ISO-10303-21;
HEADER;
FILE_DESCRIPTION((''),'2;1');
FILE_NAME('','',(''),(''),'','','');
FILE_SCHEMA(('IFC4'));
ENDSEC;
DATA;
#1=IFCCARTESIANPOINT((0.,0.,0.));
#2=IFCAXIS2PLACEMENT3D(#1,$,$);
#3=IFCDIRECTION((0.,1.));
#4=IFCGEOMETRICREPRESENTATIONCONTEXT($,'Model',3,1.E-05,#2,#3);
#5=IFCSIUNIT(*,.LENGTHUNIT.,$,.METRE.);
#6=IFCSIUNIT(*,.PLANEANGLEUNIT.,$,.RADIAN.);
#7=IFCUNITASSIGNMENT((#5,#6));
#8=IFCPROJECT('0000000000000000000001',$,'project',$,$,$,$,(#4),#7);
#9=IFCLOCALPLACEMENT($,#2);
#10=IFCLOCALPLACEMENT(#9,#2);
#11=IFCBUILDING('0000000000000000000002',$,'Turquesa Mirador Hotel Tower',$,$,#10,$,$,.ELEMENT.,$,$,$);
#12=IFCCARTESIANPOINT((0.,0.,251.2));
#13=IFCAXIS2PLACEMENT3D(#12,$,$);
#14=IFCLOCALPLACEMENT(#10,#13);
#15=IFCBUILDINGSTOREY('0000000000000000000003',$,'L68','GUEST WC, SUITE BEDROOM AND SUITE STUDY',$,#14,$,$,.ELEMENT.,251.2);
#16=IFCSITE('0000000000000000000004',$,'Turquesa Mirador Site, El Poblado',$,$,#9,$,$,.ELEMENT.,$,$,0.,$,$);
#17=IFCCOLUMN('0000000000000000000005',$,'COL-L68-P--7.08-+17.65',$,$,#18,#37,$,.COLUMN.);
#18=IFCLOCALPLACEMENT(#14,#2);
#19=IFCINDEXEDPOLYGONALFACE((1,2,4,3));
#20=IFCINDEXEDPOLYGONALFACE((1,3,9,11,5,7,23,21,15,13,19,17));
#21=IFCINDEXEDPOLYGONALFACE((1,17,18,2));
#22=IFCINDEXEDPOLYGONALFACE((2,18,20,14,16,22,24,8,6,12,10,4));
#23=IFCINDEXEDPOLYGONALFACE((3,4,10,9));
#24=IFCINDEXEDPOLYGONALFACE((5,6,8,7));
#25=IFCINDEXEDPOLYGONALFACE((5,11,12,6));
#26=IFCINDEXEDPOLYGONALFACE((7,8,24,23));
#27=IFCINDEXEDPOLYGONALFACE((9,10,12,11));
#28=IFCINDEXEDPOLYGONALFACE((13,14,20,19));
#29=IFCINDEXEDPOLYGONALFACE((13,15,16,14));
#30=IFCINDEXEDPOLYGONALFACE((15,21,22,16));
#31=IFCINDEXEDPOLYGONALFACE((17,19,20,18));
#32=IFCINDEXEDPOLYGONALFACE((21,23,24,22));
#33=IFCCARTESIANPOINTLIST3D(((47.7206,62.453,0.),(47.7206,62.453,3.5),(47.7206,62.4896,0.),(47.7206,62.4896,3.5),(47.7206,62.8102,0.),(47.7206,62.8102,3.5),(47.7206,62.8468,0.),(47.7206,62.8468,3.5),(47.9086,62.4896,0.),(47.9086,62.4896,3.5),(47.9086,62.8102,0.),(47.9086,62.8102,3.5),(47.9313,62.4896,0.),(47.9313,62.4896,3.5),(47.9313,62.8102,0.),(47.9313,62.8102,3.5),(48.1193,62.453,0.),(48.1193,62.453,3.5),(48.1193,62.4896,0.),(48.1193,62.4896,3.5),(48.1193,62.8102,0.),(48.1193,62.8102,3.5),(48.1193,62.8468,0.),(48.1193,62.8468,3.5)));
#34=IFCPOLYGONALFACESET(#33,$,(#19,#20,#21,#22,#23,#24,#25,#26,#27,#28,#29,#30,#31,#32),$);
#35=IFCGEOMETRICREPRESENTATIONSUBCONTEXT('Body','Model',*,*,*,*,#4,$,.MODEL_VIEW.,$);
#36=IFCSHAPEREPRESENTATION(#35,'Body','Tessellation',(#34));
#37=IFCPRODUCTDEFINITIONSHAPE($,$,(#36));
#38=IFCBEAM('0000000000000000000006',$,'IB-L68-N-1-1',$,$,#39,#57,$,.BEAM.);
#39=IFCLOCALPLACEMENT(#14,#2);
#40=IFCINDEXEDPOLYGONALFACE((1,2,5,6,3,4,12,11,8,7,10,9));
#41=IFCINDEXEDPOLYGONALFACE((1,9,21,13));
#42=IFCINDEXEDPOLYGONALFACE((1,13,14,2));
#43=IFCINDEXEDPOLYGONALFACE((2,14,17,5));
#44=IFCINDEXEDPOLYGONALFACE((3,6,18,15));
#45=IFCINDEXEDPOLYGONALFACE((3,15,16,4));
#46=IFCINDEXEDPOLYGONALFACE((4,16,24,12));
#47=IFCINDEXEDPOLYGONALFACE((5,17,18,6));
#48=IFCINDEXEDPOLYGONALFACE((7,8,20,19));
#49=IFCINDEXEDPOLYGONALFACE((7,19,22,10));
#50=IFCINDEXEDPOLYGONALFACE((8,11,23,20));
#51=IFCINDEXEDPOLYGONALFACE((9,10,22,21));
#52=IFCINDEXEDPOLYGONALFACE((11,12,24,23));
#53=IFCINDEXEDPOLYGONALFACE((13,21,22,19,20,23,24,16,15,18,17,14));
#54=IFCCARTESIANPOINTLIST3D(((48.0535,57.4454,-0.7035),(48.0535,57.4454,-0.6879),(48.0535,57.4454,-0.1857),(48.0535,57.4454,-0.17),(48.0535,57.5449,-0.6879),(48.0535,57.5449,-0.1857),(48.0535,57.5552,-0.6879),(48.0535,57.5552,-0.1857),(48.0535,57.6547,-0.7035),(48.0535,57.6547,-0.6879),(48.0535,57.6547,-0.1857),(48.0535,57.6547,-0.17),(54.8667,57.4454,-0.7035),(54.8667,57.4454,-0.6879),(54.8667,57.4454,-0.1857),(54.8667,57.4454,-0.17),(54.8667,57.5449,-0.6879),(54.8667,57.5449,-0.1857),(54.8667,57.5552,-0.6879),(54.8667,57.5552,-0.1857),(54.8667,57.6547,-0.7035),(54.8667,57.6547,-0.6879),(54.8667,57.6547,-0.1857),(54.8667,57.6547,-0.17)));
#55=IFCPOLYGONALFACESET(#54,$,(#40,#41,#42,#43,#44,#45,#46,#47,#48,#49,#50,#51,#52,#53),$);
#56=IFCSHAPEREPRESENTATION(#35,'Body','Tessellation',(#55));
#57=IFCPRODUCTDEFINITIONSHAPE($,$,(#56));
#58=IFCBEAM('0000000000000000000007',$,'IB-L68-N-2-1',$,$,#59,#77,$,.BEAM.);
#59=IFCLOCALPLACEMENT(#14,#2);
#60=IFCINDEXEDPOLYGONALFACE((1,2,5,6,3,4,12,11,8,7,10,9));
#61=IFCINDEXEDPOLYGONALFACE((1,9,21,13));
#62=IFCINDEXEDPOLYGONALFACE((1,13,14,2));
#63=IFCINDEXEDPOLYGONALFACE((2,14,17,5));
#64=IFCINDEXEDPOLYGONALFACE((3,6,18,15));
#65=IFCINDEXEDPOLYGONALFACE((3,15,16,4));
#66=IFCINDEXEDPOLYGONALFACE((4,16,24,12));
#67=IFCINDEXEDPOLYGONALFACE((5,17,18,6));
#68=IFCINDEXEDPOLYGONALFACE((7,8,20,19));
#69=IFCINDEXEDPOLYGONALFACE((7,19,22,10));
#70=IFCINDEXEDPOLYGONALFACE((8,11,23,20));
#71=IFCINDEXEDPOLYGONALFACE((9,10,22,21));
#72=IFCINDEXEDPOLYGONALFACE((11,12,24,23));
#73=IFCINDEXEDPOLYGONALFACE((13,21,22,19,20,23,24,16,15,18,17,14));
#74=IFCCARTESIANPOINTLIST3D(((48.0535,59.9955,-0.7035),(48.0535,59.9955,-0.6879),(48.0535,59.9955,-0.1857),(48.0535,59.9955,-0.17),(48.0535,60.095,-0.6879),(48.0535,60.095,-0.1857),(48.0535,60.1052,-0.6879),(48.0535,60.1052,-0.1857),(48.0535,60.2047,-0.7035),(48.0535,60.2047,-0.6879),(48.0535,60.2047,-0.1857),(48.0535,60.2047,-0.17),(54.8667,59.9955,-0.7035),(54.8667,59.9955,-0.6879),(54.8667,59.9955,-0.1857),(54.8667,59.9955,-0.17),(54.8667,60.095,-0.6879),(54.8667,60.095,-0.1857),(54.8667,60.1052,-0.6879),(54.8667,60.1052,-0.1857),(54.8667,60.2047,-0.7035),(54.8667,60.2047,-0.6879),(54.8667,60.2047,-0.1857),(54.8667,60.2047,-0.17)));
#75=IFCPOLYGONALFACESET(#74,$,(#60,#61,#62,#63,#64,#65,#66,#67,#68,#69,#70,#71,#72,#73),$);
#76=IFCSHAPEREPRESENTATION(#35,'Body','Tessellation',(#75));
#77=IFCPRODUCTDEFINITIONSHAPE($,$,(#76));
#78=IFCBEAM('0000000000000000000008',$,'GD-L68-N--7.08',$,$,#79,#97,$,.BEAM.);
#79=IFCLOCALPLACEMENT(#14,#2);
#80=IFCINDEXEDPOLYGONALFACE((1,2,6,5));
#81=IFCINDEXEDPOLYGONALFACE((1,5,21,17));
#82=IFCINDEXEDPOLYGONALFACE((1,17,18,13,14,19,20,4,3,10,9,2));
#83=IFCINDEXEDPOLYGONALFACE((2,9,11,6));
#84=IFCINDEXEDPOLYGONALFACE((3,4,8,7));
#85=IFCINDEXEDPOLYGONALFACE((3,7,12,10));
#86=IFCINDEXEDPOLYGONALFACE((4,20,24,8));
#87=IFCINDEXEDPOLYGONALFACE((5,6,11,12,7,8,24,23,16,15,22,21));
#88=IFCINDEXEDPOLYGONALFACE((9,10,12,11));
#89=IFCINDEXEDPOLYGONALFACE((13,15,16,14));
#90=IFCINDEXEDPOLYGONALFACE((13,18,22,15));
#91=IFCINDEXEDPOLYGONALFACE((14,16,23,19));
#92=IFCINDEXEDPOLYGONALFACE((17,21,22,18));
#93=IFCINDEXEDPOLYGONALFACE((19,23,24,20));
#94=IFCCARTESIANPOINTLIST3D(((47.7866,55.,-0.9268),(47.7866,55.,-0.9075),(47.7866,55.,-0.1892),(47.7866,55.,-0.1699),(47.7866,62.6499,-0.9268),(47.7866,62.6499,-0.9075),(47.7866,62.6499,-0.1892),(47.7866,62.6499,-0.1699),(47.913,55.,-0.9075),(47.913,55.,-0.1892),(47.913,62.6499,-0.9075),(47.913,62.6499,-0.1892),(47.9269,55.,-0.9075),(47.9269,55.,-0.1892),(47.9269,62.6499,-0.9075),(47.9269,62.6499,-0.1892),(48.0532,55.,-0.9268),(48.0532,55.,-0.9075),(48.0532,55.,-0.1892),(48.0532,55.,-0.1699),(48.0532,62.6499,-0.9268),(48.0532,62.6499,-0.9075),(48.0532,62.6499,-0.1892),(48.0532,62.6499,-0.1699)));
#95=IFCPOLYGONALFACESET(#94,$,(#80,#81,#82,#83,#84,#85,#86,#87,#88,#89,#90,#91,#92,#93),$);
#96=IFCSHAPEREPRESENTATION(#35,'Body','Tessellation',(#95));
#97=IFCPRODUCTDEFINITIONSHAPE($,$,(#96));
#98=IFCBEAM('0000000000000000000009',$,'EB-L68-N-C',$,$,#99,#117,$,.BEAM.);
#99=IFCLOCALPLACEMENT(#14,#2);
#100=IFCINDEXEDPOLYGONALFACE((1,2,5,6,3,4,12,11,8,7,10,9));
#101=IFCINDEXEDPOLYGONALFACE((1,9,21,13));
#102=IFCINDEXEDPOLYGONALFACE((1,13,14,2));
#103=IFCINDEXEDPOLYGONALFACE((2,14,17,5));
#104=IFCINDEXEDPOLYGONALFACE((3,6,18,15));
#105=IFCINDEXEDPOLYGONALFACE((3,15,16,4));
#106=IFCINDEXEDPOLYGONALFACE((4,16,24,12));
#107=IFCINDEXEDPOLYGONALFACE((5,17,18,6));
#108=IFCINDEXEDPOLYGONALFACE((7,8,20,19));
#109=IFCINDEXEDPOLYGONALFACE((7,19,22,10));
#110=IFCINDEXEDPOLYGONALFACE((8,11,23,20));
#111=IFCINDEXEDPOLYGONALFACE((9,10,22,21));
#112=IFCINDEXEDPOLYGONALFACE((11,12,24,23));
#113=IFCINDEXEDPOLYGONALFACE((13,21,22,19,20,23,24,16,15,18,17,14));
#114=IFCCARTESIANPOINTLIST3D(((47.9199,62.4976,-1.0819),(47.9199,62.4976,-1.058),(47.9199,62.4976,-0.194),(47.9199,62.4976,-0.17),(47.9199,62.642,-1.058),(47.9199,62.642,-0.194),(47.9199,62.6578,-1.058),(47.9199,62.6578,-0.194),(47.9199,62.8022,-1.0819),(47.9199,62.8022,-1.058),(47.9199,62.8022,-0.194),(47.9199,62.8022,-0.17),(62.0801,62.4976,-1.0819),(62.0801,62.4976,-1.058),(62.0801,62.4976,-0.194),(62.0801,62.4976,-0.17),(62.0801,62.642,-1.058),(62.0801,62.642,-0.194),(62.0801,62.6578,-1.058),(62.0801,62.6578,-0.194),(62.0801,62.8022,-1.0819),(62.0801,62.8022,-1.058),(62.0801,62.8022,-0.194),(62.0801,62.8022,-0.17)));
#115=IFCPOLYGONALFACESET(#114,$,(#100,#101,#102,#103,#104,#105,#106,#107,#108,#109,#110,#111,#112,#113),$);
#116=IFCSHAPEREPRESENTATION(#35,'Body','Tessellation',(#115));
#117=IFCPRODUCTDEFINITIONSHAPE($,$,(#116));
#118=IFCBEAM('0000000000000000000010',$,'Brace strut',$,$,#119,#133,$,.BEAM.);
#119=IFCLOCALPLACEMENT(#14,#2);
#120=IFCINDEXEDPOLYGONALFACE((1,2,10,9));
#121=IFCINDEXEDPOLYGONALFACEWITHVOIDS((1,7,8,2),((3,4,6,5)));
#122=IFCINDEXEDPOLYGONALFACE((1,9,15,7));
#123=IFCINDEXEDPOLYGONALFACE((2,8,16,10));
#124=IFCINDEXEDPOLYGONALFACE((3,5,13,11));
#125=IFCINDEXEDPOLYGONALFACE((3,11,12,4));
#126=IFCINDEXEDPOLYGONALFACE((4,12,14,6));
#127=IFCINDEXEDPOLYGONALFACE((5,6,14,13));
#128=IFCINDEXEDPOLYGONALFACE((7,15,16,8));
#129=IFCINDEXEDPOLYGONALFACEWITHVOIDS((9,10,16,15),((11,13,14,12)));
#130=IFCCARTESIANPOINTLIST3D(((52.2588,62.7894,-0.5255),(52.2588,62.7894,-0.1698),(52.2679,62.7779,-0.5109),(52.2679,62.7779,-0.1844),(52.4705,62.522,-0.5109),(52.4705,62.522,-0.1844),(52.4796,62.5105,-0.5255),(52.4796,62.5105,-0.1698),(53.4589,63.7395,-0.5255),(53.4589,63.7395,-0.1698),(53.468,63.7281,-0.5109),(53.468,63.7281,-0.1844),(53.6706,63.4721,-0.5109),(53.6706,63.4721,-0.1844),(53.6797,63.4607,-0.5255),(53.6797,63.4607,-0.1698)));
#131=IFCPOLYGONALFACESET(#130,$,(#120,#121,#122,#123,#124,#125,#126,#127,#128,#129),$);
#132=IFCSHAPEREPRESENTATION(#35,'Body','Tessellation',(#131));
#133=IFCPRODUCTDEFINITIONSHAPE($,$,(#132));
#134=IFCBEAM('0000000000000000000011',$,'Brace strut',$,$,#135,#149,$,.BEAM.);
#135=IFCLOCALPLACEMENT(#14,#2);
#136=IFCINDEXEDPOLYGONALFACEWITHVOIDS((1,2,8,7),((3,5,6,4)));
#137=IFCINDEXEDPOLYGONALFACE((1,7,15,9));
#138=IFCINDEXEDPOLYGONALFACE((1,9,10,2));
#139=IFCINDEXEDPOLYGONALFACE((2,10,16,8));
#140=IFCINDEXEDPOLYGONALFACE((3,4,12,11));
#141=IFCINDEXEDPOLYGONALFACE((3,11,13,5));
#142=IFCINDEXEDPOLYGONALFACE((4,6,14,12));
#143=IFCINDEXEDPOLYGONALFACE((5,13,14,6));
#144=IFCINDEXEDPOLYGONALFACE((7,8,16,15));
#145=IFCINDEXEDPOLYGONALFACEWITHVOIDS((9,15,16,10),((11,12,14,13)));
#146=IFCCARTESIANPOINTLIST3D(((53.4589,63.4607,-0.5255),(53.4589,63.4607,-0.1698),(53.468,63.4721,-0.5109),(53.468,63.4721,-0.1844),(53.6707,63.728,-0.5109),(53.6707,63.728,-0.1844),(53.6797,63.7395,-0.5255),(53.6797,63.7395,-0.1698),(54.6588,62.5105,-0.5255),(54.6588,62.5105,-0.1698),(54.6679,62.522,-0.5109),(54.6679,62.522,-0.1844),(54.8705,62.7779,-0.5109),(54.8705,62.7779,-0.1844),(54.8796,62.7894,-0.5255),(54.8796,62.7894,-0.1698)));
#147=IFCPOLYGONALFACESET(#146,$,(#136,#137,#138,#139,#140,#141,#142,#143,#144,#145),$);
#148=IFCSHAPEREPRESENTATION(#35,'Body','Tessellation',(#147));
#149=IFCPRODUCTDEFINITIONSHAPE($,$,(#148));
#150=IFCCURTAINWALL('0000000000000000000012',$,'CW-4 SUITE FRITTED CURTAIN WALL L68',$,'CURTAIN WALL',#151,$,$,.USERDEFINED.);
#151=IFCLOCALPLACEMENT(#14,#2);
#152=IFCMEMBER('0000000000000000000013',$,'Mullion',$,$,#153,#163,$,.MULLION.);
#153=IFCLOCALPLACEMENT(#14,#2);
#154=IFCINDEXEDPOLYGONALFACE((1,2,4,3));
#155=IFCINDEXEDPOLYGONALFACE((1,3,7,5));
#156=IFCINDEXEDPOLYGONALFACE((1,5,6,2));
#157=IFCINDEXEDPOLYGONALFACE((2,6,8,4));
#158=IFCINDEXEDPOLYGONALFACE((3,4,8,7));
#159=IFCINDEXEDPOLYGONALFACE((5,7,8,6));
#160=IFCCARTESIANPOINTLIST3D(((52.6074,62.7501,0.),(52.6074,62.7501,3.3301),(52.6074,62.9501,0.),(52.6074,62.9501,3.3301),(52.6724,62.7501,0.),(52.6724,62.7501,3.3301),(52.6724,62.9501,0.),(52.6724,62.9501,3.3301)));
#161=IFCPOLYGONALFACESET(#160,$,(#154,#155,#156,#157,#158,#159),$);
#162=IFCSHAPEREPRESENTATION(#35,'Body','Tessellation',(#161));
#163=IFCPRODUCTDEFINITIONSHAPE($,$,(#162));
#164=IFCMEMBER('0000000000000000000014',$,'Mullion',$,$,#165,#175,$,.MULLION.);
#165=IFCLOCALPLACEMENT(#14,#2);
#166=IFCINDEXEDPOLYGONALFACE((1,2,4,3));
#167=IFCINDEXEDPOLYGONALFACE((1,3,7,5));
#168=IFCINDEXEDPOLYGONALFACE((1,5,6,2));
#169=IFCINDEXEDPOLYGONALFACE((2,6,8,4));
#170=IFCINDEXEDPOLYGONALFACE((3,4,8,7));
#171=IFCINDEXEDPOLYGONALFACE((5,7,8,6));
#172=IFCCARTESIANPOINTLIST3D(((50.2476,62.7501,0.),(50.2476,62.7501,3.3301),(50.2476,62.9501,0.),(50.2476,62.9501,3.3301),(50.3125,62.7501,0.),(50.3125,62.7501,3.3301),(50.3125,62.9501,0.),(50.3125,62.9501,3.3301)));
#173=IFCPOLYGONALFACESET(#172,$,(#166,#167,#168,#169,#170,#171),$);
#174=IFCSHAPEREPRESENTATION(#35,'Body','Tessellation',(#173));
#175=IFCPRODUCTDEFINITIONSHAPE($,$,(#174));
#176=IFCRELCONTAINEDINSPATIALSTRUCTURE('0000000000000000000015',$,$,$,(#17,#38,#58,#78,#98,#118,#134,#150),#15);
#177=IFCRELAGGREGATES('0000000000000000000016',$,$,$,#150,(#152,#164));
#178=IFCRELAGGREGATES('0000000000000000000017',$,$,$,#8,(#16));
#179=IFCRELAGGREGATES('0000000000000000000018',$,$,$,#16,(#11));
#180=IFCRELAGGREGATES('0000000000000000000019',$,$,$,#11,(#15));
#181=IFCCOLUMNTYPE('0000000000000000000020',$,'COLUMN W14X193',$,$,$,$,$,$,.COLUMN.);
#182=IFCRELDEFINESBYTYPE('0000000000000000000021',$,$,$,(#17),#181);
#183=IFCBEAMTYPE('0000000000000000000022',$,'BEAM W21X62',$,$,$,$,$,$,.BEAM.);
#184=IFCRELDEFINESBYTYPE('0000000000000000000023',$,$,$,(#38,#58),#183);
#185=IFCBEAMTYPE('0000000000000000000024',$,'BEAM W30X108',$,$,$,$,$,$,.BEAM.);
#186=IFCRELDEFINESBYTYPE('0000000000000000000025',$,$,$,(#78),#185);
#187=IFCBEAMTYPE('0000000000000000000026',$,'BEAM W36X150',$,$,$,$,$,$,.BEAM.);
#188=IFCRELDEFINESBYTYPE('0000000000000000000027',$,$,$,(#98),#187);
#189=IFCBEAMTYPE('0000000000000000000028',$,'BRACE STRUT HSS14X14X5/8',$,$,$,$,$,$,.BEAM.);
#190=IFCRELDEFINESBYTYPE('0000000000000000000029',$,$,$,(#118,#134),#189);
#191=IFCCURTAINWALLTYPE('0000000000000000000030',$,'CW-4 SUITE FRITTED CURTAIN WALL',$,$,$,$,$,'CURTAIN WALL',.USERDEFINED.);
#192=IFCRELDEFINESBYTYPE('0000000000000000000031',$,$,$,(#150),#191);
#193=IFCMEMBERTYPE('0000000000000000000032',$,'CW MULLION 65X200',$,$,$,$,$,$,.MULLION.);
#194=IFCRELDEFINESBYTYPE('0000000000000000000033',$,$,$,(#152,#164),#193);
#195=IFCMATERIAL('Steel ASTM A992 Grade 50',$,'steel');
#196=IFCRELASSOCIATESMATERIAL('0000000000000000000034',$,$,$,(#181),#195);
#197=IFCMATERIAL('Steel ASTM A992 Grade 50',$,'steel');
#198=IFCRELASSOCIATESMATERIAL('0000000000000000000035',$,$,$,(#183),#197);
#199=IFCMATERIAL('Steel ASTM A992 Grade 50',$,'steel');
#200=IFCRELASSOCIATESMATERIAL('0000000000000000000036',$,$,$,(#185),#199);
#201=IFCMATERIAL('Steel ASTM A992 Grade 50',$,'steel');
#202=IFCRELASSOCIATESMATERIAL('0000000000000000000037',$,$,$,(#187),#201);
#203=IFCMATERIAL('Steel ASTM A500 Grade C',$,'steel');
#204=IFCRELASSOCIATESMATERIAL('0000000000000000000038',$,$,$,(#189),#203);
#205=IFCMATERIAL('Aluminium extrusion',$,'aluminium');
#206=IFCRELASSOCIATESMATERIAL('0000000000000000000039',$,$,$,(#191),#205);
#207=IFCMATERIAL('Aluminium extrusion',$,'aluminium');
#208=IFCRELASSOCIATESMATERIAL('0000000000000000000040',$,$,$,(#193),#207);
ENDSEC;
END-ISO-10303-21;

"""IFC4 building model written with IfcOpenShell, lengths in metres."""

from ifc_helpers import new_model, si_unit, direction, frame, origin, origin_2d, place, context, subcontext, project, spatial, rectangle, hollow_rectangle, i_section, extrude, material, material_profile, profile_set, type_object, element, aggregate, save


model = new_model("IFC4")

# Units and contexts
model_context = context("Model", 3, precision=1e-05, world=origin(), true_north=direction((0.0, 1.0)))
body_context = subcontext(model_context, "Body", "Model", "MODEL_VIEW")
ifc_project = project(units=[si_unit("LENGTHUNIT", "METRE"), si_unit("PLANEANGLEUNIT", "RADIAN")], contexts=[model_context])

# Site, building, storey
site_placement = place(None, origin())
site = spatial("IfcSite", under=ifc_project, at=site_placement, Name="Turquesa Mirador Site, El Poblado", CompositionType="ELEMENT", RefElevation=0.0)
building_placement = place(site_placement, origin())
building = spatial("IfcBuilding", under=site, at=building_placement, Name="Turquesa Mirador Hotel Tower", CompositionType="ELEMENT")
storey_placement = place(building_placement, frame((0.0, 0.0, 251.2)))
storey = spatial("IfcBuildingStorey", under=building, at=storey_placement, Name="L68", Description="GUEST WC, SUITE BEDROOM AND SUITE STUDY", CompositionType="ELEMENT", Elevation=251.2)

# Column
ifc_material_1 = material(Name="Steel ASTM A992 Grade 50", Category="steel")
ifc_material_profile_1 = material_profile(ifc_material_1, i_section(OverallWidth=0.3987, OverallDepth=0.3938, WebThickness=0.0227, FlangeThickness=0.0366, at=origin_2d()), Name="W14X193")
ifc_profile_set_1 = profile_set([ifc_material_profile_1], Name="Steel ASTM A992 Grade 50")
column_type = type_object("IfcColumnType", Name="COLUMN W14X193", PredefinedType="COLUMN", material=ifc_profile_set_1)
column_placement = place(storey_placement, frame((47.9199, 62.6499, 0.0), z_axis=(0.0, 0.0, 1.0), x_axis=(1.0, 0.0, 0.0)))
element("IfcColumn", 1, at=column_placement, inside=storey, type_object=column_type, Name="COL-L68-P--7.08-+17.65", PredefinedType="COLUMN", context=body_context, shape_type="SweptSolid", body=[
    extrude(i_section(OverallWidth=0.3987, OverallDepth=0.3938, WebThickness=0.0227, FlangeThickness=0.0366, at=origin_2d()), origin(), (0.0, 0.0, 1.0), 3.5),
])

# Beams
ifc_material_2 = material(Name="Steel ASTM A992 Grade 50", Category="steel")
ifc_material_profile_2 = material_profile(ifc_material_2, i_section(OverallWidth=0.2092, OverallDepth=0.5334, WebThickness=0.0103, FlangeThickness=0.0156, at=origin_2d()), Name="W21X62")
ifc_profile_set_2 = profile_set([ifc_material_profile_2], Name="Steel ASTM A992 Grade 50")
beam_type_1 = type_object("IfcBeamType", Name="BEAM W21X62", PredefinedType="BEAM", material=ifc_profile_set_2)
for number, where, z_axis, x_axis, name in (
    (2, (48.0535, 57.55, -0.4368), (1.0, 0.0, 0.0), (0.0, 1.0, 0.0), "IB-L68-N-1-1"),
    (3, (48.0535, 60.1001, -0.4368), (1.0, 0.0, 0.0), (0.0, 1.0, 0.0), "IB-L68-N-2-1"),
):
    element("IfcBeam", number, at=place(storey_placement, frame(where, z_axis=z_axis, x_axis=x_axis)), inside=storey, type_object=beam_type_1, Name=name, PredefinedType="BEAM", context=body_context, shape_type="SweptSolid", body=[
        extrude(i_section(OverallWidth=0.2092, OverallDepth=0.5334, WebThickness=0.0103, FlangeThickness=0.0156, at=origin_2d()), origin(), (0.0, 0.0, 1.0), 6.8132),
    ])
ifc_material_3 = material(Name="Steel ASTM A992 Grade 50", Category="steel")
ifc_material_profile_3 = material_profile(ifc_material_3, i_section(OverallWidth=0.2666, OverallDepth=0.7568, WebThickness=0.0139, FlangeThickness=0.0193, at=origin_2d()), Name="W30X108")
ifc_profile_set_3 = profile_set([ifc_material_profile_3], Name="Steel ASTM A992 Grade 50")
beam_type_2 = type_object("IfcBeamType", Name="BEAM W30X108", PredefinedType="BEAM", material=ifc_profile_set_3)
beam_1_placement = place(storey_placement, frame((47.9199, 62.6499, -0.5483), z_axis=(0.0, -1.0, 0.0), x_axis=(1.0, 0.0, 0.0)))
element("IfcBeam", 4, at=beam_1_placement, inside=storey, type_object=beam_type_2, Name="GD-L68-N--7.08", PredefinedType="BEAM", context=body_context, shape_type="SweptSolid", body=[
    extrude(i_section(OverallWidth=0.2666, OverallDepth=0.7568, WebThickness=0.0139, FlangeThickness=0.0193, at=origin_2d()), origin(), (0.0, 0.0, 1.0), 7.6499),
])
ifc_material_4 = material(Name="Steel ASTM A992 Grade 50", Category="steel")
ifc_material_profile_4 = material_profile(ifc_material_4, i_section(OverallWidth=0.3047, OverallDepth=0.9119, WebThickness=0.0159, FlangeThickness=0.0239, at=origin_2d()), Name="W36X150")
ifc_profile_set_4 = profile_set([ifc_material_profile_4], Name="Steel ASTM A992 Grade 50")
beam_type_3 = type_object("IfcBeamType", Name="BEAM W36X150", PredefinedType="BEAM", material=ifc_profile_set_4)
beam_2_placement = place(storey_placement, frame((47.9199, 62.6499, -0.626), z_axis=(1.0, 0.0, 0.0), x_axis=(0.0, 1.0, 0.0)))
element("IfcBeam", 5, at=beam_2_placement, inside=storey, type_object=beam_type_3, Name="EB-L68-N-C", PredefinedType="BEAM", context=body_context, shape_type="SweptSolid", body=[
    extrude(i_section(OverallWidth=0.3047, OverallDepth=0.9119, WebThickness=0.0159, FlangeThickness=0.0239, at=origin_2d()), origin(), (0.0, 0.0, 1.0), 14.1602),
])
ifc_material_5 = material(Name="Steel ASTM A500 Grade C", Category="steel")
ifc_material_profile_5 = material_profile(ifc_material_5, hollow_rectangle(XDim=0.3557, YDim=0.3557, WallThickness=0.0146, at=origin_2d()), Name="HSS14X14X5/8")
ifc_profile_set_5 = profile_set([ifc_material_profile_5], Name="Steel ASTM A500 Grade C")
beam_type_4 = type_object("IfcBeamType", Name="BRACE STRUT HSS14X14X5/8", PredefinedType="BEAM", material=ifc_profile_set_5)
beam_3_placement = place(storey_placement, frame((53.5693, 63.6001, -0.3477), z_axis=(-0.784033, -0.620719, 0.0), x_axis=(0.620719, -0.784033, 0.0)))
element("IfcBeam", 6, at=beam_3_placement, inside=storey, type_object=beam_type_4, Name="Brace strut", PredefinedType="BEAM", context=body_context, shape_type="SweptSolid", body=[
    extrude(hollow_rectangle(XDim=0.3557, YDim=0.3557, WallThickness=0.0146, at=origin_2d()), origin(), (0.0, 0.0, 1.0), 1.5308),
])
beam_4_placement = place(storey_placement, frame((53.5693, 63.6001, -0.3477), z_axis=(0.783971, -0.620797, 0.0), x_axis=(0.620797, 0.783971, 0.0)))
element("IfcBeam", 7, at=beam_4_placement, inside=storey, type_object=beam_type_4, Name="Brace strut", PredefinedType="BEAM", context=body_context, shape_type="SweptSolid", body=[
    extrude(hollow_rectangle(XDim=0.3557, YDim=0.3557, WallThickness=0.0146, at=origin_2d()), origin(), (0.0, 0.0, 1.0), 1.5305),
])

# Curtain wall, members
ifc_material_6 = material(Name="Aluminium extrusion", Category="aluminium")
curtain_wall_type = type_object("IfcCurtainWallType", Name="CW-4 SUITE FRITTED CURTAIN WALL", ElementType="CURTAIN WALL", PredefinedType="USERDEFINED", material=ifc_material_6)
curtain_wall_1_placement = place(storey_placement, origin())
curtain_wall_1 = element("IfcCurtainWall", 8, at=curtain_wall_1_placement, inside=storey, type_object=curtain_wall_type, Name="CW-4 SUITE FRITTED CURTAIN WALL L68", ObjectType="CURTAIN WALL", PredefinedType="USERDEFINED")
ifc_material_7 = material(Name="Aluminium extrusion", Category="aluminium")
ifc_material_profile_6 = material_profile(ifc_material_7, rectangle(XDim=0.0649, YDim=0.2, at=origin_2d()), Name="MULLION 65X200")
ifc_profile_set_6 = profile_set([ifc_material_profile_6], Name="Aluminium extrusion")
member_type_1 = type_object("IfcMemberType", Name="CW MULLION 65X200", PredefinedType="MULLION", material=ifc_profile_set_6)
member_1_placement = place(storey_placement, frame((52.6399, 62.8501, 0.0), z_axis=(0.0, 0.0, 1.0), x_axis=(-1.0, 0.0, 0.0)))
member_1 = element("IfcMember", 9, at=member_1_placement, type_object=member_type_1, Name="Mullion", PredefinedType="MULLION", context=body_context, shape_type="SweptSolid", body=[
    extrude(rectangle(XDim=0.0649, YDim=0.2, at=origin_2d()), origin(), (0.0, 0.0, 1.0), 3.3301),
])
member_2_placement = place(storey_placement, frame((50.28, 62.8501, 0.0), z_axis=(0.0, 0.0, 1.0), x_axis=(-1.0, 0.0, 0.0)))
member_2 = element("IfcMember", 10, at=member_2_placement, type_object=member_type_1, Name="Mullion", PredefinedType="MULLION", context=body_context, shape_type="SweptSolid", body=[
    extrude(rectangle(XDim=0.0649, YDim=0.2, at=origin_2d()), origin(), (0.0, 0.0, 1.0), 3.3301),
])

aggregate(curtain_wall_1, [member_1, member_2])

save(model, "model.ifc")
